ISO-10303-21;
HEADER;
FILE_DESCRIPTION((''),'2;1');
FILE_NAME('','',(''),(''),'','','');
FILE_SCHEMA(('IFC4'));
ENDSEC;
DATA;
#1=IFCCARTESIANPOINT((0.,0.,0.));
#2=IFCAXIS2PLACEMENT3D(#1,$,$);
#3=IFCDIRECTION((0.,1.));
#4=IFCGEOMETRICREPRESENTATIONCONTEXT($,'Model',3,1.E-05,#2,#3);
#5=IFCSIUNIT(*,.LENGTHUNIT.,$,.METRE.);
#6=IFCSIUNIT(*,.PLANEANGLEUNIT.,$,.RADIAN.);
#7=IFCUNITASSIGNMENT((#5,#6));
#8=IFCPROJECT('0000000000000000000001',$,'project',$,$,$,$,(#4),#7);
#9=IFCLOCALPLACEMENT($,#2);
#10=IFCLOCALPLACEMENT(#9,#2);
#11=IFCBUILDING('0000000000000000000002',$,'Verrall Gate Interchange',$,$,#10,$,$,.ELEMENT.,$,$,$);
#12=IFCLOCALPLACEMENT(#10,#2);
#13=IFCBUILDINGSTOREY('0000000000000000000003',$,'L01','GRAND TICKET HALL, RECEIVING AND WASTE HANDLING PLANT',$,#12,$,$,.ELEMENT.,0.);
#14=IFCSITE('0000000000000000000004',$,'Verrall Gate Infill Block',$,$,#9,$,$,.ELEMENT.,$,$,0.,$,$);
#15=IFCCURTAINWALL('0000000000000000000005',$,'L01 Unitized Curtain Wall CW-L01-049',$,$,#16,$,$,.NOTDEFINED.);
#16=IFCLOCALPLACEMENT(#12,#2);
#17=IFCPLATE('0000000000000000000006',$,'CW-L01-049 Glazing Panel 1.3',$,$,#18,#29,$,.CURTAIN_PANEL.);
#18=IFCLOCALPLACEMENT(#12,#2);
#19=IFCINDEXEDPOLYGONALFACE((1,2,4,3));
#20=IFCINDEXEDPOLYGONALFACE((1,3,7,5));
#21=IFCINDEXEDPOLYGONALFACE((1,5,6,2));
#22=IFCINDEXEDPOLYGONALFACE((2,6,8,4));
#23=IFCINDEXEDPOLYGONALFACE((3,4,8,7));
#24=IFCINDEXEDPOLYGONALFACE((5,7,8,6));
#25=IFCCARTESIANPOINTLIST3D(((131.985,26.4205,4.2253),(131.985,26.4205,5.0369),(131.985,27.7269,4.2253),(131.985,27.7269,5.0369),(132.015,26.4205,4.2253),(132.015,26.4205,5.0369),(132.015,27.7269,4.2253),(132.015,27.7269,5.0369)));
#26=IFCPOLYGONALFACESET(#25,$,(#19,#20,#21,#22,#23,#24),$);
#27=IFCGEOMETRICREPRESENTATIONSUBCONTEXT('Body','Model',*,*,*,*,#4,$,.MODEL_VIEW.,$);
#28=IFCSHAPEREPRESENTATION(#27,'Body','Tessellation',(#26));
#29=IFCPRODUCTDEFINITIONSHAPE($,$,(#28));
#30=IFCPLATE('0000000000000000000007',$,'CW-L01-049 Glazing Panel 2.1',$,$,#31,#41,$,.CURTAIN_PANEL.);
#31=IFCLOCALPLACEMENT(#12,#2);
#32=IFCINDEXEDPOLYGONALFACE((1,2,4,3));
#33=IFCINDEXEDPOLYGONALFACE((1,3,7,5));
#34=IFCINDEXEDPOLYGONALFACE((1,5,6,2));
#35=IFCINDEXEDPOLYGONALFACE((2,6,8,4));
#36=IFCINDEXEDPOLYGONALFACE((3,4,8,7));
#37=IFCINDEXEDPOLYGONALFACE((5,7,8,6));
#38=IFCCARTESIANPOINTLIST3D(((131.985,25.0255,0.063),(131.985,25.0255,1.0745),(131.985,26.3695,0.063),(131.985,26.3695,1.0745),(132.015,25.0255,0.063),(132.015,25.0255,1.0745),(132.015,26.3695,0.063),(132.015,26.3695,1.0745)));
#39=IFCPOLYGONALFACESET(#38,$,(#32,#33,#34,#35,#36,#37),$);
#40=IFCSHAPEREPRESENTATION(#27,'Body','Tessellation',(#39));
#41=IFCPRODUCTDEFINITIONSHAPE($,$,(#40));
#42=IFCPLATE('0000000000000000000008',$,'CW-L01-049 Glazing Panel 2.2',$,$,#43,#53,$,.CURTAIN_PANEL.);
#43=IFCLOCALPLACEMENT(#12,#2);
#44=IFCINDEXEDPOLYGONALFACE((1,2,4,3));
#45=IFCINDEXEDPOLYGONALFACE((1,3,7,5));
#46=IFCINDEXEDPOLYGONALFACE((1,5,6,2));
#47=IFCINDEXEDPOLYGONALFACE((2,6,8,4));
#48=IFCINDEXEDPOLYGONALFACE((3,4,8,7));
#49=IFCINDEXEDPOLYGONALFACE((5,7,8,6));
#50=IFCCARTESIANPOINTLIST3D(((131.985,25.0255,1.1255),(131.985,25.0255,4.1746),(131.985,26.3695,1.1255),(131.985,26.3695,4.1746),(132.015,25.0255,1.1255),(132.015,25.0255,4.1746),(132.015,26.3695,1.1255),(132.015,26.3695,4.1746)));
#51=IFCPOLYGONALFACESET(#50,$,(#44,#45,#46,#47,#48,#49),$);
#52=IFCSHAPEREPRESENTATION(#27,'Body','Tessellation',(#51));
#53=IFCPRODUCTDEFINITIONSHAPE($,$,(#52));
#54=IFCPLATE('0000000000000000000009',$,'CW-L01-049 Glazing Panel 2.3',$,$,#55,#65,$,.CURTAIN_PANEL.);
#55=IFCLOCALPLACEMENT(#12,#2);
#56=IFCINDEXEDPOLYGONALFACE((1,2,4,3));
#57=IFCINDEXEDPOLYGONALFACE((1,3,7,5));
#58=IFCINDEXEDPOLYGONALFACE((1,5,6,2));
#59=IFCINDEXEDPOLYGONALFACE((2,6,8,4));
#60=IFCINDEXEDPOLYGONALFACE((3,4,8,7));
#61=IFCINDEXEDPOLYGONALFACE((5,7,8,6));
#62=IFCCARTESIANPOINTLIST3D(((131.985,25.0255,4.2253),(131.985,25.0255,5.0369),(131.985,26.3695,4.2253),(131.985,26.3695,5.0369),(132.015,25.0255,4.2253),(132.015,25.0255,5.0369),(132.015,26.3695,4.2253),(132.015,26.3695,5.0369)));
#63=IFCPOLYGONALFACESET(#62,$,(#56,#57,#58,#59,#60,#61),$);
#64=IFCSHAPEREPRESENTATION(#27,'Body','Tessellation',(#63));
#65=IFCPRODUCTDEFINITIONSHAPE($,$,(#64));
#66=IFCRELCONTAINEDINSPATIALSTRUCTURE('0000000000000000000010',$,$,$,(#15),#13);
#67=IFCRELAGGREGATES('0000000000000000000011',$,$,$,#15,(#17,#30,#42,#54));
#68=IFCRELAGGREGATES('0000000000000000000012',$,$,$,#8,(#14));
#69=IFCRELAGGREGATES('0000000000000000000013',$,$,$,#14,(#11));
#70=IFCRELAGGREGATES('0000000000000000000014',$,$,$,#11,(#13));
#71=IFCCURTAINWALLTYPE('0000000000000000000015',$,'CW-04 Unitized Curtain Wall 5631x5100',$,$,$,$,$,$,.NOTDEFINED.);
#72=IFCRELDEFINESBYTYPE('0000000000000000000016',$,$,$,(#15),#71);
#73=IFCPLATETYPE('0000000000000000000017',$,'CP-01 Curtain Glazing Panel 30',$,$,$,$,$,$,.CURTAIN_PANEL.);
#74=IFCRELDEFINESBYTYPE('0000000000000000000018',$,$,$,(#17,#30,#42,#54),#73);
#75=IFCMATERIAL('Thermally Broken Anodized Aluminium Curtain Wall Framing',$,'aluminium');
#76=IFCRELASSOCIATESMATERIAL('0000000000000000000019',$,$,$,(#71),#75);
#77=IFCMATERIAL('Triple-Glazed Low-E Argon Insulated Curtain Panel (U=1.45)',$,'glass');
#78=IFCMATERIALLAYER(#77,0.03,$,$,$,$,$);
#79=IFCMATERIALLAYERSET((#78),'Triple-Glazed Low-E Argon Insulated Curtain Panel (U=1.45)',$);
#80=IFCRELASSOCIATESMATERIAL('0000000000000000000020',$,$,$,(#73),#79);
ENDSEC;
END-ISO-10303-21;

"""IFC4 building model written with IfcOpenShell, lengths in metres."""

from ifc_helpers import new_model, si_unit, direction, frame, origin, origin_2d, place, context, subcontext, project, spatial, rectangle, extrude, material, layer, layer_set, type_object, element, aggregate, save


model = new_model("IFC4")

# Units and contexts
model_context = context("Model", 3, precision=1e-05, world=origin(), true_north=direction((0.0, 1.0)))
body_context = subcontext(model_context, "Body", "Model", "MODEL_VIEW")
ifc_project = project(units=[si_unit("LENGTHUNIT", "METRE"), si_unit("PLANEANGLEUNIT", "RADIAN")], contexts=[model_context])

# Site, building, storey
site_placement = place(None, origin())
site = spatial("IfcSite", under=ifc_project, at=site_placement, Name="Verrall Gate Infill Block", CompositionType="ELEMENT", RefElevation=0.0)
building_placement = place(site_placement, origin())
building = spatial("IfcBuilding", under=site, at=building_placement, Name="Verrall Gate Interchange", CompositionType="ELEMENT")
storey_placement = place(building_placement, origin())
storey = spatial("IfcBuildingStorey", under=building, at=storey_placement, Name="L01", Description="GRAND TICKET HALL, RECEIVING AND WASTE HANDLING PLANT", CompositionType="ELEMENT", Elevation=0.0)

# Curtain wall
ifc_material_1 = material(Name="Thermally Broken Anodized Aluminium Curtain Wall Framing", Category="aluminium")
curtain_wall_type = type_object("IfcCurtainWallType", Name="CW-04 Unitized Curtain Wall 5631x5100", PredefinedType="NOTDEFINED", material=ifc_material_1)
curtain_wall_1_placement = place(storey_placement, origin())
curtain_wall_1 = element("IfcCurtainWall", 1, at=curtain_wall_1_placement, inside=storey, type_object=curtain_wall_type, Name="L01 Unitized Curtain Wall CW-L01-049", PredefinedType="NOTDEFINED")

# Plates
ifc_material_2 = material(Name="Triple-Glazed Low-E Argon Insulated Curtain Panel (U=1.45)", Category="glass")
ifc_layer = layer(ifc_material_2, 0.03)
ifc_layer_set = layer_set([ifc_layer], Name="Triple-Glazed Low-E Argon Insulated Curtain Panel (U=1.45)")
plate_type = type_object("IfcPlateType", Name="CP-01 Curtain Glazing Panel 30", PredefinedType="CURTAIN_PANEL", material=ifc_layer_set)
plate_1_placement = place(storey_placement, frame((132.0, 27.0737, 4.2253), z_axis=(0.0, 0.0, 1.0), x_axis=(0.0, -1.0, 0.0)))
plate_1 = element("IfcPlate", 2, at=plate_1_placement, type_object=plate_type, Name="CW-L01-049 Glazing Panel 1.3", PredefinedType="CURTAIN_PANEL", context=body_context, shape_type="SweptSolid", body=[
    extrude(rectangle(XDim=1.3064, YDim=0.03, at=origin_2d()), origin(), (0.0, 0.0, 1.0), 0.8115),
])
plate_2_placement = place(storey_placement, frame((132.0, 25.6975, 0.063), z_axis=(0.0, 0.0, 1.0), x_axis=(0.0, -1.0, 0.0)))
plate_2 = element("IfcPlate", 3, at=plate_2_placement, type_object=plate_type, Name="CW-L01-049 Glazing Panel 2.1", PredefinedType="CURTAIN_PANEL", context=body_context, shape_type="SweptSolid", body=[
    extrude(rectangle(XDim=1.344, YDim=0.03, at=origin_2d()), origin(), (0.0, 0.0, 1.0), 1.0115),
])
plate_3_placement = place(storey_placement, frame((132.0, 25.6975, 1.1255), z_axis=(0.0, 0.0, 1.0), x_axis=(0.0, -1.0, 0.0)))
plate_3 = element("IfcPlate", 4, at=plate_3_placement, type_object=plate_type, Name="CW-L01-049 Glazing Panel 2.2", PredefinedType="CURTAIN_PANEL", context=body_context, shape_type="SweptSolid", body=[
    extrude(rectangle(XDim=1.344, YDim=0.03, at=origin_2d()), origin(), (0.0, 0.0, 1.0), 3.0491),
])
plate_4_placement = place(storey_placement, frame((132.0, 25.6975, 4.2253), z_axis=(0.0, 0.0, 1.0), x_axis=(0.0, -1.0, 0.0)))
plate_4 = element("IfcPlate", 5, at=plate_4_placement, type_object=plate_type, Name="CW-L01-049 Glazing Panel 2.3", PredefinedType="CURTAIN_PANEL", context=body_context, shape_type="SweptSolid", body=[
    extrude(rectangle(XDim=1.344, YDim=0.03, at=origin_2d()), origin(), (0.0, 0.0, 1.0), 0.8115),
])
aggregate(curtain_wall_1, [plate_1, plate_2, plate_3, plate_4])

save(model, "model.ifc")
